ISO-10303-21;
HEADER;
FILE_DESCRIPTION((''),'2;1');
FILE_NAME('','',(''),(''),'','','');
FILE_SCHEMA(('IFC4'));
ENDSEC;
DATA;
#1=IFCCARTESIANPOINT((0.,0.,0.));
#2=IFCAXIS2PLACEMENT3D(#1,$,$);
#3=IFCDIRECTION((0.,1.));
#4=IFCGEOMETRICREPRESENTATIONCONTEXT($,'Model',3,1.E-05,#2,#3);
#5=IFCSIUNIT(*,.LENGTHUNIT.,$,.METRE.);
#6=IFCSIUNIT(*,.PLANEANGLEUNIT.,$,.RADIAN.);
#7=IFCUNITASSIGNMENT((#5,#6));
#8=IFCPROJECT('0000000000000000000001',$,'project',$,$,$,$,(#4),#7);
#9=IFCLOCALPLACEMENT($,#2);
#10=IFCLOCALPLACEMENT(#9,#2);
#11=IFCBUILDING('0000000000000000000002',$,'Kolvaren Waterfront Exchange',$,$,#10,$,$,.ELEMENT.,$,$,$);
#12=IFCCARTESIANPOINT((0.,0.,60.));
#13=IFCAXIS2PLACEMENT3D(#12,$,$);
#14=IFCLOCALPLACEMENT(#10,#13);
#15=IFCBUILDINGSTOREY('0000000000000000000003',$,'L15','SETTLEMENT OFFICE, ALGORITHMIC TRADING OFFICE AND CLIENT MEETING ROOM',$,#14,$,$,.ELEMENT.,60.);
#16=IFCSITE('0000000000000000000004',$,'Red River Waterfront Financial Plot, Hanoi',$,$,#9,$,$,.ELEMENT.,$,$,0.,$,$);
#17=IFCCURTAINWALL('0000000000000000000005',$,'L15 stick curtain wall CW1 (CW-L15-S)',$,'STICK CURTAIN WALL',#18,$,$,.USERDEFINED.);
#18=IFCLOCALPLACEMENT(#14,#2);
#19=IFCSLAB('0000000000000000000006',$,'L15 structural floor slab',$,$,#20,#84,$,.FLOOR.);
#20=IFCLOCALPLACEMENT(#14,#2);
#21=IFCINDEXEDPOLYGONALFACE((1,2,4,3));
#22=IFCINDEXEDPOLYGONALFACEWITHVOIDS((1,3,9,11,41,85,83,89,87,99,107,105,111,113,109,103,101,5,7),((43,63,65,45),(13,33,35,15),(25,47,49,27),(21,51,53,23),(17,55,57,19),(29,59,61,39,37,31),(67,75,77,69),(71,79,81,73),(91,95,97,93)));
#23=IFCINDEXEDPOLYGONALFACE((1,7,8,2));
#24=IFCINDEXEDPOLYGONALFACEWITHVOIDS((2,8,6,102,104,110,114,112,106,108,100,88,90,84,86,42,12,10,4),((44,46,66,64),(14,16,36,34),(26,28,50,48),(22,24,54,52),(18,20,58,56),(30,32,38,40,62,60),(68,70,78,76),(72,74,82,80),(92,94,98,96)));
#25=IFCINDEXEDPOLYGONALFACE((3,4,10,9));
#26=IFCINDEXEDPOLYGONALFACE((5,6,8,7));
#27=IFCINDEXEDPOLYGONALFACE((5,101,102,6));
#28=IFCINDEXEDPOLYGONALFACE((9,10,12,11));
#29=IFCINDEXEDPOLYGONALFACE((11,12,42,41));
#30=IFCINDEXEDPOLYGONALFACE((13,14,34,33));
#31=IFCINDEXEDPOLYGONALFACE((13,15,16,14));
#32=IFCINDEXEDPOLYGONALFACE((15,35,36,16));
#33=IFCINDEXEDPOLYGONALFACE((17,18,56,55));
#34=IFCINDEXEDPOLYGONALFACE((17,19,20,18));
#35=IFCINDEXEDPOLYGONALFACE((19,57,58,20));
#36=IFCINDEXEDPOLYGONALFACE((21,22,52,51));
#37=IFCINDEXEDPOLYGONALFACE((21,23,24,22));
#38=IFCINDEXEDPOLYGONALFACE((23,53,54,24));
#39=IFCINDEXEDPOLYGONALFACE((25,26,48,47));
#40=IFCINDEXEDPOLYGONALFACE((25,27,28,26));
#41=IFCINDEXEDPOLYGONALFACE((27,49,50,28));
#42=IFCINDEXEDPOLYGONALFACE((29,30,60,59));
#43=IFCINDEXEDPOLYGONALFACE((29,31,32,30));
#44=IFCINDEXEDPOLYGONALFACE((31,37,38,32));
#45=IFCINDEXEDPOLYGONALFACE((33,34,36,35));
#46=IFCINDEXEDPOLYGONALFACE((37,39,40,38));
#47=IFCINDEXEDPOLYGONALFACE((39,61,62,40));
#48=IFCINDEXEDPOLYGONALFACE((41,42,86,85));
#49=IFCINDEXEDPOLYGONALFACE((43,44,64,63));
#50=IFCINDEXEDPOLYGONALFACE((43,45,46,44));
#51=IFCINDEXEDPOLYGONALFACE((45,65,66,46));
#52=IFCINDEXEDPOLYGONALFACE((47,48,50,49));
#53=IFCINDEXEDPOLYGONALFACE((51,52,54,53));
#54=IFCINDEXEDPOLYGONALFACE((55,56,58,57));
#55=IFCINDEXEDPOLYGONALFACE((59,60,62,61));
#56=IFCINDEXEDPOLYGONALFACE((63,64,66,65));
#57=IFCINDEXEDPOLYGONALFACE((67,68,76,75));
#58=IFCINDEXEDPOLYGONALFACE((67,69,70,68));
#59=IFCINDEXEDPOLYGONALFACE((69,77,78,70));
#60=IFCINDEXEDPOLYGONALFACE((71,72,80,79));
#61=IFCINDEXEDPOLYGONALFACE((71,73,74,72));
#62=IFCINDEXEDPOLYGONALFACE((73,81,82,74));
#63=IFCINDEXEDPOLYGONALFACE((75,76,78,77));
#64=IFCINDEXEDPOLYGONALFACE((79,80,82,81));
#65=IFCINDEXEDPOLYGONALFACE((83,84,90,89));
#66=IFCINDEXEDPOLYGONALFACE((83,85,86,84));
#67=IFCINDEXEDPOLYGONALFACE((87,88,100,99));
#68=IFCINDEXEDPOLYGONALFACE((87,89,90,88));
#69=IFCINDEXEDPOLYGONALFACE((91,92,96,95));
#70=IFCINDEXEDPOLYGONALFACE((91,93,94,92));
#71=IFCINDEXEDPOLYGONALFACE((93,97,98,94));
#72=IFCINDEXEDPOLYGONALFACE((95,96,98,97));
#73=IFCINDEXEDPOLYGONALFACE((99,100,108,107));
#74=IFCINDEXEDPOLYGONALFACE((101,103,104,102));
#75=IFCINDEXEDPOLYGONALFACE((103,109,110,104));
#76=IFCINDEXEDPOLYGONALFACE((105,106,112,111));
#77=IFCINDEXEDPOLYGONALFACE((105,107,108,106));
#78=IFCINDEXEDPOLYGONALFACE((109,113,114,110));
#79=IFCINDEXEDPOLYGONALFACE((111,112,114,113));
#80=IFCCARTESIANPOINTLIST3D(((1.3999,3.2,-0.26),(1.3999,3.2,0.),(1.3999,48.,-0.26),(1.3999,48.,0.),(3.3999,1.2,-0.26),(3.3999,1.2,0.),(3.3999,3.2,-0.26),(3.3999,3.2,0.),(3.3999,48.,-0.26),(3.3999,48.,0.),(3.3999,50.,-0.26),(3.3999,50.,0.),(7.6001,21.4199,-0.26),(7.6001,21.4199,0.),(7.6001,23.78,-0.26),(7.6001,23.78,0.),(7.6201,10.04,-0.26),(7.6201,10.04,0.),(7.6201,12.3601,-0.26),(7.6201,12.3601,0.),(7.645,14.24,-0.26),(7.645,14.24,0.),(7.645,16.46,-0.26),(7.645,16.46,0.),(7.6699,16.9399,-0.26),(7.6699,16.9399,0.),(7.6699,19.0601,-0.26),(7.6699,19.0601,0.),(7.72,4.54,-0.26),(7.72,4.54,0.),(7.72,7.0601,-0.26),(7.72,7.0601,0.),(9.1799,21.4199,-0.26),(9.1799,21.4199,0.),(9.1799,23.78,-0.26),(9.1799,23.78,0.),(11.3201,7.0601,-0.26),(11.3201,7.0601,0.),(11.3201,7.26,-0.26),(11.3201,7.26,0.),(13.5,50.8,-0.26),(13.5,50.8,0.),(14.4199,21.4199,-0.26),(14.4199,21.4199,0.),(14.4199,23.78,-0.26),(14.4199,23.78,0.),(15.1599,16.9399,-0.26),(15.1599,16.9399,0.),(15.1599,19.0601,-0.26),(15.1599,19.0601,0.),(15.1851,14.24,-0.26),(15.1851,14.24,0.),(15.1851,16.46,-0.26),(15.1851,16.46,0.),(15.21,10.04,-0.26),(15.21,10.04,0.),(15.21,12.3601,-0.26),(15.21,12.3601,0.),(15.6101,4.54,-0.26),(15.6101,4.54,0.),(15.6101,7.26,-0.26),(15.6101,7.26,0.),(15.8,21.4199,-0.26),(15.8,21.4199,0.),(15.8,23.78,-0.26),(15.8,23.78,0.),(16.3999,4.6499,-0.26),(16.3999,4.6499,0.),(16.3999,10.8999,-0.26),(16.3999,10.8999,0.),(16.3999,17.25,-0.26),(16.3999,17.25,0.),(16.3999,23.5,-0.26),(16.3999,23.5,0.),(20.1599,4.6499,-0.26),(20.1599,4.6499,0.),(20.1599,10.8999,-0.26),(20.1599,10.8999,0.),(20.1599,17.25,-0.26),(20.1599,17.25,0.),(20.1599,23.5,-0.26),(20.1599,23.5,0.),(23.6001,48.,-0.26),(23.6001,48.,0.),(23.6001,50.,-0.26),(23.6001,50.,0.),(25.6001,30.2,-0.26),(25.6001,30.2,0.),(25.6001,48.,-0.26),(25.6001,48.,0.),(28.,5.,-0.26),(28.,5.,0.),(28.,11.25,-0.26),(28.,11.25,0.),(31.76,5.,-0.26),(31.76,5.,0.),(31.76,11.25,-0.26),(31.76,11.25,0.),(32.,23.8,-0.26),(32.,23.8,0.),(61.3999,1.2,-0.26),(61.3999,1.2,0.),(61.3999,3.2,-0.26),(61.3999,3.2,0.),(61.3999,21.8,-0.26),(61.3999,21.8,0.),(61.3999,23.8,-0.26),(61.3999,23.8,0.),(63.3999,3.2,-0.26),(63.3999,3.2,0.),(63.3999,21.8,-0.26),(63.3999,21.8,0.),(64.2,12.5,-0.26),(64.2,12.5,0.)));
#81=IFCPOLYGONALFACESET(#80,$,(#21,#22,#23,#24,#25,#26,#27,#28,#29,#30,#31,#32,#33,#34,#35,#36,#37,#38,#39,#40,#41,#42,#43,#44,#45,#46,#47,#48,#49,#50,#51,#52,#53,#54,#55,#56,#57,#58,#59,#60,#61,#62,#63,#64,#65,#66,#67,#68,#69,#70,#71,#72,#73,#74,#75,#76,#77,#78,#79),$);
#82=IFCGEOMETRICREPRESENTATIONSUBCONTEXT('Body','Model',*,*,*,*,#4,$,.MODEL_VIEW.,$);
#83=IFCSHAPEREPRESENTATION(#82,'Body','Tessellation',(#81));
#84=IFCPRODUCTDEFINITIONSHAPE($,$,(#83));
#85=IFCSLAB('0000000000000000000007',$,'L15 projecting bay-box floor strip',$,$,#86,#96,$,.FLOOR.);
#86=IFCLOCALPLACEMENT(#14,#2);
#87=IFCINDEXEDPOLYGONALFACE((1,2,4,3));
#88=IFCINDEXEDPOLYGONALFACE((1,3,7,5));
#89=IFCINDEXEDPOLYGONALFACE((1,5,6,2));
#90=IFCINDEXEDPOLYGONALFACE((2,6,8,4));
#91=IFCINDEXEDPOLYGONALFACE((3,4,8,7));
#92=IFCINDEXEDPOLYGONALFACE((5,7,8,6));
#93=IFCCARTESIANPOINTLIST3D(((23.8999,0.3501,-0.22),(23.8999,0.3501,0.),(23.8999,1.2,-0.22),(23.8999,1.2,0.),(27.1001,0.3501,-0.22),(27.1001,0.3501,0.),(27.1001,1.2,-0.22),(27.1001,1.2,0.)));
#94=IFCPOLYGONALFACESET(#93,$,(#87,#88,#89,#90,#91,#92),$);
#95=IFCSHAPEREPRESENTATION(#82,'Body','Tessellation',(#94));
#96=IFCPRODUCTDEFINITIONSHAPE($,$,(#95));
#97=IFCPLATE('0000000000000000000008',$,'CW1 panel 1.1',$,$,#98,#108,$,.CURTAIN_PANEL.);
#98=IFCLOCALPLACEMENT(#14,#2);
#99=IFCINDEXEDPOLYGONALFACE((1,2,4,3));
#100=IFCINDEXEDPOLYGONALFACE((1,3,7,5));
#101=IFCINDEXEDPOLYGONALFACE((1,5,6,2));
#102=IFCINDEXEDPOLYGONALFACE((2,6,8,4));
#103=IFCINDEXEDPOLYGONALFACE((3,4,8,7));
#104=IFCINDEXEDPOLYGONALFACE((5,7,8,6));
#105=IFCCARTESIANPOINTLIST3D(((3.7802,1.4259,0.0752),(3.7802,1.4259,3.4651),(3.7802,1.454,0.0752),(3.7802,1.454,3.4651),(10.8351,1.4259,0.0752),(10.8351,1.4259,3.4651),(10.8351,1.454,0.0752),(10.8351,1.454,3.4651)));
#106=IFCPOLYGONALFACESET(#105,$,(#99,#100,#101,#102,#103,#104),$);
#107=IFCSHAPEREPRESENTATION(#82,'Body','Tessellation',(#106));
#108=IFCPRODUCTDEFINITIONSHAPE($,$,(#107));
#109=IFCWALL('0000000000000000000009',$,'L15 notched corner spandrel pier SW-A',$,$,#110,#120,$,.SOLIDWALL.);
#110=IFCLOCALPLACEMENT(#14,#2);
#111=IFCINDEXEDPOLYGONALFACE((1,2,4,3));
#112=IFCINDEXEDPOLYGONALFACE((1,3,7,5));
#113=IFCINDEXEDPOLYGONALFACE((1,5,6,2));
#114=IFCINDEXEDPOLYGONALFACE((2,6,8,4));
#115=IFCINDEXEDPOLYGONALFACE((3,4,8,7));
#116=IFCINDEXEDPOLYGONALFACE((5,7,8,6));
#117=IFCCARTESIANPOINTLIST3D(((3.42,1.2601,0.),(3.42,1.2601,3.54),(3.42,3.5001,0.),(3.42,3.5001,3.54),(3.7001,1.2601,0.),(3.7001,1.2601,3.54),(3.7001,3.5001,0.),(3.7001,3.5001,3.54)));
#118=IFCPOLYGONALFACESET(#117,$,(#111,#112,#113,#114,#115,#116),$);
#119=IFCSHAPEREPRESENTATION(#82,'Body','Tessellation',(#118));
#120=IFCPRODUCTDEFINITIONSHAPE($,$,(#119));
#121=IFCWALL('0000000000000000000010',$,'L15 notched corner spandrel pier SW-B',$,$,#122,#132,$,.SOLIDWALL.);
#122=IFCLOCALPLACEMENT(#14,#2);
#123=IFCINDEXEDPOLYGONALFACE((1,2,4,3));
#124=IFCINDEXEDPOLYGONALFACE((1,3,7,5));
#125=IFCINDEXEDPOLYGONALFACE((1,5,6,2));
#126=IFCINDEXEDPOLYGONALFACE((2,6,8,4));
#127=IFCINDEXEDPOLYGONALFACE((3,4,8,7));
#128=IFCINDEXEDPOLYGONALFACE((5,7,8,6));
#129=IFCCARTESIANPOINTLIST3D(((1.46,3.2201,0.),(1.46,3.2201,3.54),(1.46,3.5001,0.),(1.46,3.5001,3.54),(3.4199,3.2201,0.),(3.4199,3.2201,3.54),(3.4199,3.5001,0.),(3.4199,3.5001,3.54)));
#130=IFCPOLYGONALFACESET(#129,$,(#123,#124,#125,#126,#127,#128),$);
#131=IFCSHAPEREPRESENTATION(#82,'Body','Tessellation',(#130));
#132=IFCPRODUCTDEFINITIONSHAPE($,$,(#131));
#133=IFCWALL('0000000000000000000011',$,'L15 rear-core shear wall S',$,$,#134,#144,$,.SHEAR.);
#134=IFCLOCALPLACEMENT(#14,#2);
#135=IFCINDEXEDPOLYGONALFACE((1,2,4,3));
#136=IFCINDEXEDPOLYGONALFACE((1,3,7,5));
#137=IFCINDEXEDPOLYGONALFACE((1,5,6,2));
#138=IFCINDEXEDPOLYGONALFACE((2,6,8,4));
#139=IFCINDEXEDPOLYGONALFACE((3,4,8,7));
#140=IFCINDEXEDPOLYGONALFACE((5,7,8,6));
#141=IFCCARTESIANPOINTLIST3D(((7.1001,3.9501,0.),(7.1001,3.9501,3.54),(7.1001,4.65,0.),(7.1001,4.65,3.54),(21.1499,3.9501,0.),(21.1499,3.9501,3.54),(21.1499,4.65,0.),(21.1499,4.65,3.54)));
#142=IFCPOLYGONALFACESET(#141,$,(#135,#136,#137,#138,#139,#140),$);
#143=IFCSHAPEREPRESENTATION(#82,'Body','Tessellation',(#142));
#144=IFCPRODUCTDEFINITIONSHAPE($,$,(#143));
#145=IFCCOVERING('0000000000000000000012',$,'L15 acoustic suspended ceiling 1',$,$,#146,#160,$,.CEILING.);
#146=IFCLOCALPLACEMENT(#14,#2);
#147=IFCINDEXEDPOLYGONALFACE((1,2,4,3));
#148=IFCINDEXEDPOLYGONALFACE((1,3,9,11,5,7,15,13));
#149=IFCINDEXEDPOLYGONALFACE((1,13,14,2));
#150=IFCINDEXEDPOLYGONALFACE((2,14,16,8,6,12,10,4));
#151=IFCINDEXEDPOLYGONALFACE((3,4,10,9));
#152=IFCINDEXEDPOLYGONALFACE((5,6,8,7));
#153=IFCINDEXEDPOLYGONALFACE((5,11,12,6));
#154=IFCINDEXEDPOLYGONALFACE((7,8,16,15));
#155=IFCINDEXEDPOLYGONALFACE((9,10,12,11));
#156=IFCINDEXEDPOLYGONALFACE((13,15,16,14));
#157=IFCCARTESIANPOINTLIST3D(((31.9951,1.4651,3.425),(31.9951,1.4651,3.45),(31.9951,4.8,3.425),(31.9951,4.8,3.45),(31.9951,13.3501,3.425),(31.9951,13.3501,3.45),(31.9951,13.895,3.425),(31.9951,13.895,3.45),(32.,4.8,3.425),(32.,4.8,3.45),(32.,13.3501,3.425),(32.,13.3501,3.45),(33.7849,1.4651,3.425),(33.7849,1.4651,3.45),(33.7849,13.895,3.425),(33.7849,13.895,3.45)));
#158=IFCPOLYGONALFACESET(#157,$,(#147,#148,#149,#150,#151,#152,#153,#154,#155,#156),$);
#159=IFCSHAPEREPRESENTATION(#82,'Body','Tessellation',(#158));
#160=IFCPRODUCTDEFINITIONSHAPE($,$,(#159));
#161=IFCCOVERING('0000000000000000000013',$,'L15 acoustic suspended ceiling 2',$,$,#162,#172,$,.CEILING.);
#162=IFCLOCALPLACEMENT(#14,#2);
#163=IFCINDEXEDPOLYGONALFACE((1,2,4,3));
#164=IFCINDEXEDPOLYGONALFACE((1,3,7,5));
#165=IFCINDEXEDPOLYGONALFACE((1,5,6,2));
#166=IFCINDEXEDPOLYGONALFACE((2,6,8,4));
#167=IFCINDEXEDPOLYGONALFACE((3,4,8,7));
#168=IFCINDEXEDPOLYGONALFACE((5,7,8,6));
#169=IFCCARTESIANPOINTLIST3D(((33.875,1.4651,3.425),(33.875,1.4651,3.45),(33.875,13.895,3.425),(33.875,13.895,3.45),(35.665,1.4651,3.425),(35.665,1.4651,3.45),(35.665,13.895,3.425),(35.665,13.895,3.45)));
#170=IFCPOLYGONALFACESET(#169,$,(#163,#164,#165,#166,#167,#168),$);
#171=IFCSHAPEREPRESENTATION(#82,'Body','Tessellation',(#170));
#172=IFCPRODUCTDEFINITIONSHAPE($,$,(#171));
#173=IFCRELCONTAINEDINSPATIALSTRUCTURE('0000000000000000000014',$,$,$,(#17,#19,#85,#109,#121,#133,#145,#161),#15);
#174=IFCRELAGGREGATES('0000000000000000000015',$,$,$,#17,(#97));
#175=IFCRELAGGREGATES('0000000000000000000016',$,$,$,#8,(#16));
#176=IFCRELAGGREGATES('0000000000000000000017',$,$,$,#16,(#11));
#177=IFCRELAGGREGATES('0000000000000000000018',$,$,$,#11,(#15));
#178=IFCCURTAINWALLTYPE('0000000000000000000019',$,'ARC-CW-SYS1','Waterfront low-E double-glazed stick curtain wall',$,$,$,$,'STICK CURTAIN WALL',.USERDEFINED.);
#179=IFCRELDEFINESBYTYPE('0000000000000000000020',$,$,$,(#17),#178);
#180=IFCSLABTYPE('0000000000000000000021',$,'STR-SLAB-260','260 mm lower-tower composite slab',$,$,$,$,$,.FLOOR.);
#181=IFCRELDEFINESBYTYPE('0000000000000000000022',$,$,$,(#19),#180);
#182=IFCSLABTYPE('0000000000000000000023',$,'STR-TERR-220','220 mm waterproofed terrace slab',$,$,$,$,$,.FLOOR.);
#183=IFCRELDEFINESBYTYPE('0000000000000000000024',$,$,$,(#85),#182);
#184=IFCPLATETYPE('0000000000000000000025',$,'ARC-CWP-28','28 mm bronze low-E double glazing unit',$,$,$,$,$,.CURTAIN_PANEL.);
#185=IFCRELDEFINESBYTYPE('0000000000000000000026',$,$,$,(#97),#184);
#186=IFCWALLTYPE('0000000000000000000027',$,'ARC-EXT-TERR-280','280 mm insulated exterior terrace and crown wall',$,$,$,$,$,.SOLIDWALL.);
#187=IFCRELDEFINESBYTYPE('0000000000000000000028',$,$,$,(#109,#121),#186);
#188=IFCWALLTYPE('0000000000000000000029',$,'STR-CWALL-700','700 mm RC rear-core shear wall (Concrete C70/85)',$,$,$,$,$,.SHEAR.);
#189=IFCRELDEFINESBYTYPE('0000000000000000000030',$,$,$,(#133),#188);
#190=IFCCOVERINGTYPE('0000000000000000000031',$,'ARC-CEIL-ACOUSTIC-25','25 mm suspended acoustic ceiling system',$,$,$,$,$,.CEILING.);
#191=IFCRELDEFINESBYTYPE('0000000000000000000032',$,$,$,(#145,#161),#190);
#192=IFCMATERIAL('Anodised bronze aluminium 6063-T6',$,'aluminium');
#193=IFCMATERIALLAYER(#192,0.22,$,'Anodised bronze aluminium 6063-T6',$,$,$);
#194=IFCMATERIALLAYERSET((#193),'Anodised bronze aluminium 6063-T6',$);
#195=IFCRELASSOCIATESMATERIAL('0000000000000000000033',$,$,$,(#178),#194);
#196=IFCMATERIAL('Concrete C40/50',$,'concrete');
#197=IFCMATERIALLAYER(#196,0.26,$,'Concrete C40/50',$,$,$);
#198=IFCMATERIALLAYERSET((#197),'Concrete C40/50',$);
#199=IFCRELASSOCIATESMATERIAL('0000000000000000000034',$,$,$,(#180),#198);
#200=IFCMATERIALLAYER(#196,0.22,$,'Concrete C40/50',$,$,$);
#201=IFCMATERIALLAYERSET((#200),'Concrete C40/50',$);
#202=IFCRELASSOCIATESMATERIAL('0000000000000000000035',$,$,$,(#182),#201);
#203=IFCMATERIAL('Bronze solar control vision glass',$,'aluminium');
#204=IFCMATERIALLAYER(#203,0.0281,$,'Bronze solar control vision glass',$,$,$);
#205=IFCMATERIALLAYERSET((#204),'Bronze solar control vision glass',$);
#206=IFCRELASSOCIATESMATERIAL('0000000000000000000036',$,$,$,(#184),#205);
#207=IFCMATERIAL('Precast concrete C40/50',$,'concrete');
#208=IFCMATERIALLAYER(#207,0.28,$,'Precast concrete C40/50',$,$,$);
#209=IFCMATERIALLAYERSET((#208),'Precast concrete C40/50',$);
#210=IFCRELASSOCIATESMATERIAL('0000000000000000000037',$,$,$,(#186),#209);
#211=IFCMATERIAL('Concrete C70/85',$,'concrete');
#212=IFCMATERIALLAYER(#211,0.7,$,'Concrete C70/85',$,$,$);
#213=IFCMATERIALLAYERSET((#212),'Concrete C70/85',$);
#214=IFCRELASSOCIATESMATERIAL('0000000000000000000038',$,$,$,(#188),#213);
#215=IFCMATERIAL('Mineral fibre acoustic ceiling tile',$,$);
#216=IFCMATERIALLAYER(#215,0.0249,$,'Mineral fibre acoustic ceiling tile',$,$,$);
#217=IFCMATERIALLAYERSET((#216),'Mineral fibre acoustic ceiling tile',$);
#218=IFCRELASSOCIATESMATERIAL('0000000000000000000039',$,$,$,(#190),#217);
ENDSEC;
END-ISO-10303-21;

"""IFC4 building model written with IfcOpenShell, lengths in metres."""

from ifc_helpers import new_model, si_unit, direction, frame, frame_2d, origin, origin_with_axes, origin_2d, place, context, subcontext, project, spatial, polyline, rectangle, outline, extrude, source, transform, mapped, material, layer, layer_set, type_object, element, aggregate, save


model = new_model("IFC4")

# Units and contexts
model_context = context("Model", 3, precision=1e-05, world=origin(), true_north=direction((0.0, 1.0)))
body_context = subcontext(model_context, "Body", "Model", "MODEL_VIEW")
ifc_project = project(units=[si_unit("LENGTHUNIT", "METRE"), si_unit("PLANEANGLEUNIT", "RADIAN")], contexts=[model_context])

# Site, building, storey
site_placement = place(None, origin())
site = spatial("IfcSite", under=ifc_project, at=site_placement, Name="Red River Waterfront Financial Plot, Hanoi", CompositionType="ELEMENT", RefElevation=0.0)
building_placement = place(site_placement, origin())
building = spatial("IfcBuilding", under=site, at=building_placement, Name="Kolvaren Waterfront Exchange", CompositionType="ELEMENT")
storey_placement = place(building_placement, frame((0.0, 0.0, 60.0)))
storey = spatial("IfcBuildingStorey", under=building, at=storey_placement, Name="L15", Description="SETTLEMENT OFFICE, ALGORITHMIC TRADING OFFICE AND CLIENT MEETING ROOM", CompositionType="ELEMENT", Elevation=60.0)

# Curtain wall
ifc_material_1 = material(Name="Anodised bronze aluminium 6063-T6", Category="aluminium")
ifc_layer_1 = layer(ifc_material_1, 0.22, Name="Anodised bronze aluminium 6063-T6")
ifc_layer_set_1 = layer_set([ifc_layer_1], Name="Anodised bronze aluminium 6063-T6")
curtain_wall_type_1 = type_object("IfcCurtainWallType", Name="ARC-CW-SYS1", Description="Waterfront low-E double-glazed stick curtain wall", ElementType="STICK CURTAIN WALL", PredefinedType="USERDEFINED", material=ifc_layer_set_1)
curtain_wall_1_placement = place(storey_placement, origin())
curtain_wall_1 = element("IfcCurtainWall", 1, at=curtain_wall_1_placement, inside=storey, type_object=curtain_wall_type_1, Name="L15 stick curtain wall CW1 (CW-L15-S)", ObjectType="STICK CURTAIN WALL", PredefinedType="USERDEFINED")

# Shared definitions
ifc_material_2 = material(Name="Concrete C40/50", Category="concrete")

# Slabs
ifc_layer_2 = layer(ifc_material_2, 0.26, Name="Concrete C40/50")
ifc_layer_set_2 = layer_set([ifc_layer_2], Name="Concrete C40/50")
slab_type_1 = type_object("IfcSlabType", Name="STR-SLAB-260", Description="260 mm lower-tower composite slab", PredefinedType="FLOOR", material=ifc_layer_set_2)
slab_1_placement = place(storey_placement, frame((0.0, 0.0, -0.26)))
element("IfcSlab", 2, at=slab_1_placement, inside=storey, type_object=slab_type_1, Name="L15 structural floor slab", PredefinedType="FLOOR", context=body_context, shape_type="SweptSolid", body=[
    extrude(outline(polyline([(3.3999, 1.2), (61.3999, 1.2), (61.3999, 3.2), (63.3999, 3.2), (64.2, 12.5), (63.3999, 21.8), (61.3999, 21.8), (61.3999, 23.8), (32.0, 23.8), (25.6001, 30.2), (25.6001, 48.0), (23.6001, 48.0), (23.6001, 50.0), (13.5, 50.8), (3.3999, 50.0), (3.3999, 48.0), (1.3999, 48.0), (1.3999, 3.2), (3.3999, 3.2), (3.3999, 1.2)]), holes=[polyline([(11.3201, 7.26), (15.6101, 7.26), (15.6101, 4.54), (7.72, 4.54), (7.72, 7.0601), (11.3201, 7.0601), (11.3201, 7.26)]), polyline([(20.1599, 4.6499), (16.3999, 4.6499), (16.3999, 10.8999), (20.1599, 10.8999), (20.1599, 4.6499)]), polyline([(31.76, 5.0), (28.0, 5.0), (28.0, 11.25), (31.76, 11.25), (31.76, 5.0)]), polyline([(15.21, 10.04), (7.6201, 10.04), (7.6201, 12.3601), (15.21, 12.3601), (15.21, 10.04)]), polyline([(7.645, 16.46), (15.1851, 16.46), (15.1851, 14.24), (7.645, 14.24), (7.645, 16.46)]), polyline([(15.1599, 16.9399), (7.6699, 16.9399), (7.6699, 19.0601), (15.1599, 19.0601), (15.1599, 16.9399)]), polyline([(16.3999, 23.5), (20.1599, 23.5), (20.1599, 17.25), (16.3999, 17.25), (16.3999, 23.5)]), polyline([(7.6001, 23.78), (9.1799, 23.78), (9.1799, 21.4199), (7.6001, 21.4199), (7.6001, 23.78)]), polyline([(15.8, 23.78), (15.8, 21.4199), (14.4199, 21.4199), (14.4199, 23.78), (15.8, 23.78)])]), origin(), (0.0, 0.0, 1.0), 0.26),
])
ifc_layer_3 = layer(ifc_material_2, 0.22, Name="Concrete C40/50")
ifc_layer_set_3 = layer_set([ifc_layer_3], Name="Concrete C40/50")
slab_type_2 = type_object("IfcSlabType", Name="STR-TERR-220", Description="220 mm waterproofed terrace slab", PredefinedType="FLOOR", material=ifc_layer_set_3)
slab_2_placement = place(storey_placement, frame((0.0, 0.0, -0.22)))
element("IfcSlab", 3, at=slab_2_placement, inside=storey, type_object=slab_type_2, Name="L15 projecting bay-box floor strip", PredefinedType="FLOOR", context=body_context, shape_type="SweptSolid", body=[
    extrude(outline(polyline([(23.8999, 0.3501), (27.1001, 0.3501), (27.1001, 1.2), (23.8999, 1.2), (23.8999, 0.3501)])), origin(), (0.0, 0.0, 1.0), 0.22),
])

# Plate
ifc_material_3 = material(Name="Bronze solar control vision glass", Category="aluminium")
ifc_layer_4 = layer(ifc_material_3, 0.0281, Name="Bronze solar control vision glass")
ifc_layer_set_4 = layer_set([ifc_layer_4], Name="Bronze solar control vision glass")
plate_type = type_object("IfcPlateType", Name="ARC-CWP-28", Description="28 mm bronze low-E double glazing unit", PredefinedType="CURTAIN_PANEL", material=ifc_layer_set_4)
shared_shape_1 = source(origin_with_axes(), body_context, "Body", "SweptSolid", [
    extrude(rectangle(XDim=7.0549, YDim=0.0281, at=origin_2d()), origin(), (0.0, 0.0, 1.0), 3.3899),
])
plate_placement = place(storey_placement, frame((7.3076, 1.4399, 0.0752), z_axis=(0.0, 0.0, 1.0), x_axis=(1.0, 0.0, 0.0)))
plate = element("IfcPlate", 4, at=plate_placement, type_object=plate_type, Name="CW1 panel 1.1", PredefinedType="CURTAIN_PANEL", context=body_context, shape_type="MappedRepresentation", body=[
    mapped(shared_shape_1, transform((0.0, 0.0, 0.0), x_axis=(1.0, 0.0, 0.0), y_axis=(0.0, 1.0, 0.0), z_axis=(0.0, 0.0, 1.0), scale=1.0)),
])
aggregate(curtain_wall_1, [plate])

# Walls
ifc_material_4 = material(Name="Precast concrete C40/50", Category="concrete")
ifc_layer_5 = layer(ifc_material_4, 0.28, Name="Precast concrete C40/50")
ifc_layer_set_5 = layer_set([ifc_layer_5], Name="Precast concrete C40/50")
wall_type_1 = type_object("IfcWallType", Name="ARC-EXT-TERR-280", Description="280 mm insulated exterior terrace and crown wall", PredefinedType="SOLIDWALL", material=ifc_layer_set_5)
wall_1_placement = place(storey_placement, frame((3.5601, 1.26, 0.0), z_axis=(0.0, 0.0, 1.0), x_axis=(0.0, 1.0, 0.0)))
element("IfcWall", 5, at=wall_1_placement, inside=storey, type_object=wall_type_1, Name="L15 notched corner spandrel pier SW-A", PredefinedType="SOLIDWALL", context=body_context, shape_type="SweptSolid", body=[
    extrude(rectangle(XDim=2.24, YDim=0.28, at=frame_2d((1.1201, 0.0))), origin(), (0.0, 0.0, 1.0), 3.54),
])
wall_2_placement = place(storey_placement, frame((1.46, 3.3601, 0.0), z_axis=(0.0, 0.0, 1.0), x_axis=(1.0, 0.0, 0.0)))
element("IfcWall", 6, at=wall_2_placement, inside=storey, type_object=wall_type_1, Name="L15 notched corner spandrel pier SW-B", PredefinedType="SOLIDWALL", context=body_context, shape_type="SweptSolid", body=[
    extrude(rectangle(XDim=1.96, YDim=0.28, at=frame_2d((0.98, 0.0))), origin(), (0.0, 0.0, 1.0), 3.54),
])
ifc_material_5 = material(Name="Concrete C70/85", Category="concrete")
ifc_layer_6 = layer(ifc_material_5, 0.7, Name="Concrete C70/85")
ifc_layer_set_6 = layer_set([ifc_layer_6], Name="Concrete C70/85")
wall_type_2 = type_object("IfcWallType", Name="STR-CWALL-700", Description="700 mm RC rear-core shear wall (Concrete C70/85)", PredefinedType="SHEAR", material=ifc_layer_set_6)
wall_3_placement = place(storey_placement, frame((7.1001, 4.3, 0.0), z_axis=(0.0, 0.0, 1.0), x_axis=(1.0, 0.0, 0.0)))
element("IfcWall", 7, at=wall_3_placement, inside=storey, type_object=wall_type_2, Name="L15 rear-core shear wall S", PredefinedType="SHEAR", context=body_context, shape_type="SweptSolid", body=[
    extrude(rectangle(XDim=14.0498, YDim=0.7, at=frame_2d((7.0249, 0.0))), origin(), (0.0, 0.0, 1.0), 3.54),
])

# Coverings
ifc_material_6 = material(Name="Mineral fibre acoustic ceiling tile")
ifc_layer_7 = layer(ifc_material_6, 0.0249, Name="Mineral fibre acoustic ceiling tile")
ifc_layer_set_7 = layer_set([ifc_layer_7], Name="Mineral fibre acoustic ceiling tile")
covering_type_1 = type_object("IfcCoveringType", Name="ARC-CEIL-ACOUSTIC-25", Description="25 mm suspended acoustic ceiling system", PredefinedType="CEILING", material=ifc_layer_set_7)
covering_1_placement = place(storey_placement, frame((0.0, 0.0, 3.425)))
element("IfcCovering", 8, at=covering_1_placement, inside=storey, type_object=covering_type_1, Name="L15 acoustic suspended ceiling 1", PredefinedType="CEILING", context=body_context, shape_type="SweptSolid", body=[
    extrude(outline(polyline([(33.7849, 1.4651), (33.7849, 13.895), (31.9951, 13.895), (31.9951, 13.3501), (32.0, 13.3501), (32.0, 4.8), (31.9951, 4.8), (31.9951, 1.4651), (33.7849, 1.4651)])), origin(), (0.0, 0.0, 1.0), 0.0249),
])
covering_2_placement = place(storey_placement, frame((0.0, 0.0, 3.425)))
element("IfcCovering", 9, at=covering_2_placement, inside=storey, type_object=covering_type_1, Name="L15 acoustic suspended ceiling 2", PredefinedType="CEILING", context=body_context, shape_type="SweptSolid", body=[
    extrude(outline(polyline([(35.665, 1.4651), (35.665, 13.895), (33.875, 13.895), (33.875, 1.4651), (35.665, 1.4651)])), origin(), (0.0, 0.0, 1.0), 0.0249),
])

save(model, "model.ifc")
